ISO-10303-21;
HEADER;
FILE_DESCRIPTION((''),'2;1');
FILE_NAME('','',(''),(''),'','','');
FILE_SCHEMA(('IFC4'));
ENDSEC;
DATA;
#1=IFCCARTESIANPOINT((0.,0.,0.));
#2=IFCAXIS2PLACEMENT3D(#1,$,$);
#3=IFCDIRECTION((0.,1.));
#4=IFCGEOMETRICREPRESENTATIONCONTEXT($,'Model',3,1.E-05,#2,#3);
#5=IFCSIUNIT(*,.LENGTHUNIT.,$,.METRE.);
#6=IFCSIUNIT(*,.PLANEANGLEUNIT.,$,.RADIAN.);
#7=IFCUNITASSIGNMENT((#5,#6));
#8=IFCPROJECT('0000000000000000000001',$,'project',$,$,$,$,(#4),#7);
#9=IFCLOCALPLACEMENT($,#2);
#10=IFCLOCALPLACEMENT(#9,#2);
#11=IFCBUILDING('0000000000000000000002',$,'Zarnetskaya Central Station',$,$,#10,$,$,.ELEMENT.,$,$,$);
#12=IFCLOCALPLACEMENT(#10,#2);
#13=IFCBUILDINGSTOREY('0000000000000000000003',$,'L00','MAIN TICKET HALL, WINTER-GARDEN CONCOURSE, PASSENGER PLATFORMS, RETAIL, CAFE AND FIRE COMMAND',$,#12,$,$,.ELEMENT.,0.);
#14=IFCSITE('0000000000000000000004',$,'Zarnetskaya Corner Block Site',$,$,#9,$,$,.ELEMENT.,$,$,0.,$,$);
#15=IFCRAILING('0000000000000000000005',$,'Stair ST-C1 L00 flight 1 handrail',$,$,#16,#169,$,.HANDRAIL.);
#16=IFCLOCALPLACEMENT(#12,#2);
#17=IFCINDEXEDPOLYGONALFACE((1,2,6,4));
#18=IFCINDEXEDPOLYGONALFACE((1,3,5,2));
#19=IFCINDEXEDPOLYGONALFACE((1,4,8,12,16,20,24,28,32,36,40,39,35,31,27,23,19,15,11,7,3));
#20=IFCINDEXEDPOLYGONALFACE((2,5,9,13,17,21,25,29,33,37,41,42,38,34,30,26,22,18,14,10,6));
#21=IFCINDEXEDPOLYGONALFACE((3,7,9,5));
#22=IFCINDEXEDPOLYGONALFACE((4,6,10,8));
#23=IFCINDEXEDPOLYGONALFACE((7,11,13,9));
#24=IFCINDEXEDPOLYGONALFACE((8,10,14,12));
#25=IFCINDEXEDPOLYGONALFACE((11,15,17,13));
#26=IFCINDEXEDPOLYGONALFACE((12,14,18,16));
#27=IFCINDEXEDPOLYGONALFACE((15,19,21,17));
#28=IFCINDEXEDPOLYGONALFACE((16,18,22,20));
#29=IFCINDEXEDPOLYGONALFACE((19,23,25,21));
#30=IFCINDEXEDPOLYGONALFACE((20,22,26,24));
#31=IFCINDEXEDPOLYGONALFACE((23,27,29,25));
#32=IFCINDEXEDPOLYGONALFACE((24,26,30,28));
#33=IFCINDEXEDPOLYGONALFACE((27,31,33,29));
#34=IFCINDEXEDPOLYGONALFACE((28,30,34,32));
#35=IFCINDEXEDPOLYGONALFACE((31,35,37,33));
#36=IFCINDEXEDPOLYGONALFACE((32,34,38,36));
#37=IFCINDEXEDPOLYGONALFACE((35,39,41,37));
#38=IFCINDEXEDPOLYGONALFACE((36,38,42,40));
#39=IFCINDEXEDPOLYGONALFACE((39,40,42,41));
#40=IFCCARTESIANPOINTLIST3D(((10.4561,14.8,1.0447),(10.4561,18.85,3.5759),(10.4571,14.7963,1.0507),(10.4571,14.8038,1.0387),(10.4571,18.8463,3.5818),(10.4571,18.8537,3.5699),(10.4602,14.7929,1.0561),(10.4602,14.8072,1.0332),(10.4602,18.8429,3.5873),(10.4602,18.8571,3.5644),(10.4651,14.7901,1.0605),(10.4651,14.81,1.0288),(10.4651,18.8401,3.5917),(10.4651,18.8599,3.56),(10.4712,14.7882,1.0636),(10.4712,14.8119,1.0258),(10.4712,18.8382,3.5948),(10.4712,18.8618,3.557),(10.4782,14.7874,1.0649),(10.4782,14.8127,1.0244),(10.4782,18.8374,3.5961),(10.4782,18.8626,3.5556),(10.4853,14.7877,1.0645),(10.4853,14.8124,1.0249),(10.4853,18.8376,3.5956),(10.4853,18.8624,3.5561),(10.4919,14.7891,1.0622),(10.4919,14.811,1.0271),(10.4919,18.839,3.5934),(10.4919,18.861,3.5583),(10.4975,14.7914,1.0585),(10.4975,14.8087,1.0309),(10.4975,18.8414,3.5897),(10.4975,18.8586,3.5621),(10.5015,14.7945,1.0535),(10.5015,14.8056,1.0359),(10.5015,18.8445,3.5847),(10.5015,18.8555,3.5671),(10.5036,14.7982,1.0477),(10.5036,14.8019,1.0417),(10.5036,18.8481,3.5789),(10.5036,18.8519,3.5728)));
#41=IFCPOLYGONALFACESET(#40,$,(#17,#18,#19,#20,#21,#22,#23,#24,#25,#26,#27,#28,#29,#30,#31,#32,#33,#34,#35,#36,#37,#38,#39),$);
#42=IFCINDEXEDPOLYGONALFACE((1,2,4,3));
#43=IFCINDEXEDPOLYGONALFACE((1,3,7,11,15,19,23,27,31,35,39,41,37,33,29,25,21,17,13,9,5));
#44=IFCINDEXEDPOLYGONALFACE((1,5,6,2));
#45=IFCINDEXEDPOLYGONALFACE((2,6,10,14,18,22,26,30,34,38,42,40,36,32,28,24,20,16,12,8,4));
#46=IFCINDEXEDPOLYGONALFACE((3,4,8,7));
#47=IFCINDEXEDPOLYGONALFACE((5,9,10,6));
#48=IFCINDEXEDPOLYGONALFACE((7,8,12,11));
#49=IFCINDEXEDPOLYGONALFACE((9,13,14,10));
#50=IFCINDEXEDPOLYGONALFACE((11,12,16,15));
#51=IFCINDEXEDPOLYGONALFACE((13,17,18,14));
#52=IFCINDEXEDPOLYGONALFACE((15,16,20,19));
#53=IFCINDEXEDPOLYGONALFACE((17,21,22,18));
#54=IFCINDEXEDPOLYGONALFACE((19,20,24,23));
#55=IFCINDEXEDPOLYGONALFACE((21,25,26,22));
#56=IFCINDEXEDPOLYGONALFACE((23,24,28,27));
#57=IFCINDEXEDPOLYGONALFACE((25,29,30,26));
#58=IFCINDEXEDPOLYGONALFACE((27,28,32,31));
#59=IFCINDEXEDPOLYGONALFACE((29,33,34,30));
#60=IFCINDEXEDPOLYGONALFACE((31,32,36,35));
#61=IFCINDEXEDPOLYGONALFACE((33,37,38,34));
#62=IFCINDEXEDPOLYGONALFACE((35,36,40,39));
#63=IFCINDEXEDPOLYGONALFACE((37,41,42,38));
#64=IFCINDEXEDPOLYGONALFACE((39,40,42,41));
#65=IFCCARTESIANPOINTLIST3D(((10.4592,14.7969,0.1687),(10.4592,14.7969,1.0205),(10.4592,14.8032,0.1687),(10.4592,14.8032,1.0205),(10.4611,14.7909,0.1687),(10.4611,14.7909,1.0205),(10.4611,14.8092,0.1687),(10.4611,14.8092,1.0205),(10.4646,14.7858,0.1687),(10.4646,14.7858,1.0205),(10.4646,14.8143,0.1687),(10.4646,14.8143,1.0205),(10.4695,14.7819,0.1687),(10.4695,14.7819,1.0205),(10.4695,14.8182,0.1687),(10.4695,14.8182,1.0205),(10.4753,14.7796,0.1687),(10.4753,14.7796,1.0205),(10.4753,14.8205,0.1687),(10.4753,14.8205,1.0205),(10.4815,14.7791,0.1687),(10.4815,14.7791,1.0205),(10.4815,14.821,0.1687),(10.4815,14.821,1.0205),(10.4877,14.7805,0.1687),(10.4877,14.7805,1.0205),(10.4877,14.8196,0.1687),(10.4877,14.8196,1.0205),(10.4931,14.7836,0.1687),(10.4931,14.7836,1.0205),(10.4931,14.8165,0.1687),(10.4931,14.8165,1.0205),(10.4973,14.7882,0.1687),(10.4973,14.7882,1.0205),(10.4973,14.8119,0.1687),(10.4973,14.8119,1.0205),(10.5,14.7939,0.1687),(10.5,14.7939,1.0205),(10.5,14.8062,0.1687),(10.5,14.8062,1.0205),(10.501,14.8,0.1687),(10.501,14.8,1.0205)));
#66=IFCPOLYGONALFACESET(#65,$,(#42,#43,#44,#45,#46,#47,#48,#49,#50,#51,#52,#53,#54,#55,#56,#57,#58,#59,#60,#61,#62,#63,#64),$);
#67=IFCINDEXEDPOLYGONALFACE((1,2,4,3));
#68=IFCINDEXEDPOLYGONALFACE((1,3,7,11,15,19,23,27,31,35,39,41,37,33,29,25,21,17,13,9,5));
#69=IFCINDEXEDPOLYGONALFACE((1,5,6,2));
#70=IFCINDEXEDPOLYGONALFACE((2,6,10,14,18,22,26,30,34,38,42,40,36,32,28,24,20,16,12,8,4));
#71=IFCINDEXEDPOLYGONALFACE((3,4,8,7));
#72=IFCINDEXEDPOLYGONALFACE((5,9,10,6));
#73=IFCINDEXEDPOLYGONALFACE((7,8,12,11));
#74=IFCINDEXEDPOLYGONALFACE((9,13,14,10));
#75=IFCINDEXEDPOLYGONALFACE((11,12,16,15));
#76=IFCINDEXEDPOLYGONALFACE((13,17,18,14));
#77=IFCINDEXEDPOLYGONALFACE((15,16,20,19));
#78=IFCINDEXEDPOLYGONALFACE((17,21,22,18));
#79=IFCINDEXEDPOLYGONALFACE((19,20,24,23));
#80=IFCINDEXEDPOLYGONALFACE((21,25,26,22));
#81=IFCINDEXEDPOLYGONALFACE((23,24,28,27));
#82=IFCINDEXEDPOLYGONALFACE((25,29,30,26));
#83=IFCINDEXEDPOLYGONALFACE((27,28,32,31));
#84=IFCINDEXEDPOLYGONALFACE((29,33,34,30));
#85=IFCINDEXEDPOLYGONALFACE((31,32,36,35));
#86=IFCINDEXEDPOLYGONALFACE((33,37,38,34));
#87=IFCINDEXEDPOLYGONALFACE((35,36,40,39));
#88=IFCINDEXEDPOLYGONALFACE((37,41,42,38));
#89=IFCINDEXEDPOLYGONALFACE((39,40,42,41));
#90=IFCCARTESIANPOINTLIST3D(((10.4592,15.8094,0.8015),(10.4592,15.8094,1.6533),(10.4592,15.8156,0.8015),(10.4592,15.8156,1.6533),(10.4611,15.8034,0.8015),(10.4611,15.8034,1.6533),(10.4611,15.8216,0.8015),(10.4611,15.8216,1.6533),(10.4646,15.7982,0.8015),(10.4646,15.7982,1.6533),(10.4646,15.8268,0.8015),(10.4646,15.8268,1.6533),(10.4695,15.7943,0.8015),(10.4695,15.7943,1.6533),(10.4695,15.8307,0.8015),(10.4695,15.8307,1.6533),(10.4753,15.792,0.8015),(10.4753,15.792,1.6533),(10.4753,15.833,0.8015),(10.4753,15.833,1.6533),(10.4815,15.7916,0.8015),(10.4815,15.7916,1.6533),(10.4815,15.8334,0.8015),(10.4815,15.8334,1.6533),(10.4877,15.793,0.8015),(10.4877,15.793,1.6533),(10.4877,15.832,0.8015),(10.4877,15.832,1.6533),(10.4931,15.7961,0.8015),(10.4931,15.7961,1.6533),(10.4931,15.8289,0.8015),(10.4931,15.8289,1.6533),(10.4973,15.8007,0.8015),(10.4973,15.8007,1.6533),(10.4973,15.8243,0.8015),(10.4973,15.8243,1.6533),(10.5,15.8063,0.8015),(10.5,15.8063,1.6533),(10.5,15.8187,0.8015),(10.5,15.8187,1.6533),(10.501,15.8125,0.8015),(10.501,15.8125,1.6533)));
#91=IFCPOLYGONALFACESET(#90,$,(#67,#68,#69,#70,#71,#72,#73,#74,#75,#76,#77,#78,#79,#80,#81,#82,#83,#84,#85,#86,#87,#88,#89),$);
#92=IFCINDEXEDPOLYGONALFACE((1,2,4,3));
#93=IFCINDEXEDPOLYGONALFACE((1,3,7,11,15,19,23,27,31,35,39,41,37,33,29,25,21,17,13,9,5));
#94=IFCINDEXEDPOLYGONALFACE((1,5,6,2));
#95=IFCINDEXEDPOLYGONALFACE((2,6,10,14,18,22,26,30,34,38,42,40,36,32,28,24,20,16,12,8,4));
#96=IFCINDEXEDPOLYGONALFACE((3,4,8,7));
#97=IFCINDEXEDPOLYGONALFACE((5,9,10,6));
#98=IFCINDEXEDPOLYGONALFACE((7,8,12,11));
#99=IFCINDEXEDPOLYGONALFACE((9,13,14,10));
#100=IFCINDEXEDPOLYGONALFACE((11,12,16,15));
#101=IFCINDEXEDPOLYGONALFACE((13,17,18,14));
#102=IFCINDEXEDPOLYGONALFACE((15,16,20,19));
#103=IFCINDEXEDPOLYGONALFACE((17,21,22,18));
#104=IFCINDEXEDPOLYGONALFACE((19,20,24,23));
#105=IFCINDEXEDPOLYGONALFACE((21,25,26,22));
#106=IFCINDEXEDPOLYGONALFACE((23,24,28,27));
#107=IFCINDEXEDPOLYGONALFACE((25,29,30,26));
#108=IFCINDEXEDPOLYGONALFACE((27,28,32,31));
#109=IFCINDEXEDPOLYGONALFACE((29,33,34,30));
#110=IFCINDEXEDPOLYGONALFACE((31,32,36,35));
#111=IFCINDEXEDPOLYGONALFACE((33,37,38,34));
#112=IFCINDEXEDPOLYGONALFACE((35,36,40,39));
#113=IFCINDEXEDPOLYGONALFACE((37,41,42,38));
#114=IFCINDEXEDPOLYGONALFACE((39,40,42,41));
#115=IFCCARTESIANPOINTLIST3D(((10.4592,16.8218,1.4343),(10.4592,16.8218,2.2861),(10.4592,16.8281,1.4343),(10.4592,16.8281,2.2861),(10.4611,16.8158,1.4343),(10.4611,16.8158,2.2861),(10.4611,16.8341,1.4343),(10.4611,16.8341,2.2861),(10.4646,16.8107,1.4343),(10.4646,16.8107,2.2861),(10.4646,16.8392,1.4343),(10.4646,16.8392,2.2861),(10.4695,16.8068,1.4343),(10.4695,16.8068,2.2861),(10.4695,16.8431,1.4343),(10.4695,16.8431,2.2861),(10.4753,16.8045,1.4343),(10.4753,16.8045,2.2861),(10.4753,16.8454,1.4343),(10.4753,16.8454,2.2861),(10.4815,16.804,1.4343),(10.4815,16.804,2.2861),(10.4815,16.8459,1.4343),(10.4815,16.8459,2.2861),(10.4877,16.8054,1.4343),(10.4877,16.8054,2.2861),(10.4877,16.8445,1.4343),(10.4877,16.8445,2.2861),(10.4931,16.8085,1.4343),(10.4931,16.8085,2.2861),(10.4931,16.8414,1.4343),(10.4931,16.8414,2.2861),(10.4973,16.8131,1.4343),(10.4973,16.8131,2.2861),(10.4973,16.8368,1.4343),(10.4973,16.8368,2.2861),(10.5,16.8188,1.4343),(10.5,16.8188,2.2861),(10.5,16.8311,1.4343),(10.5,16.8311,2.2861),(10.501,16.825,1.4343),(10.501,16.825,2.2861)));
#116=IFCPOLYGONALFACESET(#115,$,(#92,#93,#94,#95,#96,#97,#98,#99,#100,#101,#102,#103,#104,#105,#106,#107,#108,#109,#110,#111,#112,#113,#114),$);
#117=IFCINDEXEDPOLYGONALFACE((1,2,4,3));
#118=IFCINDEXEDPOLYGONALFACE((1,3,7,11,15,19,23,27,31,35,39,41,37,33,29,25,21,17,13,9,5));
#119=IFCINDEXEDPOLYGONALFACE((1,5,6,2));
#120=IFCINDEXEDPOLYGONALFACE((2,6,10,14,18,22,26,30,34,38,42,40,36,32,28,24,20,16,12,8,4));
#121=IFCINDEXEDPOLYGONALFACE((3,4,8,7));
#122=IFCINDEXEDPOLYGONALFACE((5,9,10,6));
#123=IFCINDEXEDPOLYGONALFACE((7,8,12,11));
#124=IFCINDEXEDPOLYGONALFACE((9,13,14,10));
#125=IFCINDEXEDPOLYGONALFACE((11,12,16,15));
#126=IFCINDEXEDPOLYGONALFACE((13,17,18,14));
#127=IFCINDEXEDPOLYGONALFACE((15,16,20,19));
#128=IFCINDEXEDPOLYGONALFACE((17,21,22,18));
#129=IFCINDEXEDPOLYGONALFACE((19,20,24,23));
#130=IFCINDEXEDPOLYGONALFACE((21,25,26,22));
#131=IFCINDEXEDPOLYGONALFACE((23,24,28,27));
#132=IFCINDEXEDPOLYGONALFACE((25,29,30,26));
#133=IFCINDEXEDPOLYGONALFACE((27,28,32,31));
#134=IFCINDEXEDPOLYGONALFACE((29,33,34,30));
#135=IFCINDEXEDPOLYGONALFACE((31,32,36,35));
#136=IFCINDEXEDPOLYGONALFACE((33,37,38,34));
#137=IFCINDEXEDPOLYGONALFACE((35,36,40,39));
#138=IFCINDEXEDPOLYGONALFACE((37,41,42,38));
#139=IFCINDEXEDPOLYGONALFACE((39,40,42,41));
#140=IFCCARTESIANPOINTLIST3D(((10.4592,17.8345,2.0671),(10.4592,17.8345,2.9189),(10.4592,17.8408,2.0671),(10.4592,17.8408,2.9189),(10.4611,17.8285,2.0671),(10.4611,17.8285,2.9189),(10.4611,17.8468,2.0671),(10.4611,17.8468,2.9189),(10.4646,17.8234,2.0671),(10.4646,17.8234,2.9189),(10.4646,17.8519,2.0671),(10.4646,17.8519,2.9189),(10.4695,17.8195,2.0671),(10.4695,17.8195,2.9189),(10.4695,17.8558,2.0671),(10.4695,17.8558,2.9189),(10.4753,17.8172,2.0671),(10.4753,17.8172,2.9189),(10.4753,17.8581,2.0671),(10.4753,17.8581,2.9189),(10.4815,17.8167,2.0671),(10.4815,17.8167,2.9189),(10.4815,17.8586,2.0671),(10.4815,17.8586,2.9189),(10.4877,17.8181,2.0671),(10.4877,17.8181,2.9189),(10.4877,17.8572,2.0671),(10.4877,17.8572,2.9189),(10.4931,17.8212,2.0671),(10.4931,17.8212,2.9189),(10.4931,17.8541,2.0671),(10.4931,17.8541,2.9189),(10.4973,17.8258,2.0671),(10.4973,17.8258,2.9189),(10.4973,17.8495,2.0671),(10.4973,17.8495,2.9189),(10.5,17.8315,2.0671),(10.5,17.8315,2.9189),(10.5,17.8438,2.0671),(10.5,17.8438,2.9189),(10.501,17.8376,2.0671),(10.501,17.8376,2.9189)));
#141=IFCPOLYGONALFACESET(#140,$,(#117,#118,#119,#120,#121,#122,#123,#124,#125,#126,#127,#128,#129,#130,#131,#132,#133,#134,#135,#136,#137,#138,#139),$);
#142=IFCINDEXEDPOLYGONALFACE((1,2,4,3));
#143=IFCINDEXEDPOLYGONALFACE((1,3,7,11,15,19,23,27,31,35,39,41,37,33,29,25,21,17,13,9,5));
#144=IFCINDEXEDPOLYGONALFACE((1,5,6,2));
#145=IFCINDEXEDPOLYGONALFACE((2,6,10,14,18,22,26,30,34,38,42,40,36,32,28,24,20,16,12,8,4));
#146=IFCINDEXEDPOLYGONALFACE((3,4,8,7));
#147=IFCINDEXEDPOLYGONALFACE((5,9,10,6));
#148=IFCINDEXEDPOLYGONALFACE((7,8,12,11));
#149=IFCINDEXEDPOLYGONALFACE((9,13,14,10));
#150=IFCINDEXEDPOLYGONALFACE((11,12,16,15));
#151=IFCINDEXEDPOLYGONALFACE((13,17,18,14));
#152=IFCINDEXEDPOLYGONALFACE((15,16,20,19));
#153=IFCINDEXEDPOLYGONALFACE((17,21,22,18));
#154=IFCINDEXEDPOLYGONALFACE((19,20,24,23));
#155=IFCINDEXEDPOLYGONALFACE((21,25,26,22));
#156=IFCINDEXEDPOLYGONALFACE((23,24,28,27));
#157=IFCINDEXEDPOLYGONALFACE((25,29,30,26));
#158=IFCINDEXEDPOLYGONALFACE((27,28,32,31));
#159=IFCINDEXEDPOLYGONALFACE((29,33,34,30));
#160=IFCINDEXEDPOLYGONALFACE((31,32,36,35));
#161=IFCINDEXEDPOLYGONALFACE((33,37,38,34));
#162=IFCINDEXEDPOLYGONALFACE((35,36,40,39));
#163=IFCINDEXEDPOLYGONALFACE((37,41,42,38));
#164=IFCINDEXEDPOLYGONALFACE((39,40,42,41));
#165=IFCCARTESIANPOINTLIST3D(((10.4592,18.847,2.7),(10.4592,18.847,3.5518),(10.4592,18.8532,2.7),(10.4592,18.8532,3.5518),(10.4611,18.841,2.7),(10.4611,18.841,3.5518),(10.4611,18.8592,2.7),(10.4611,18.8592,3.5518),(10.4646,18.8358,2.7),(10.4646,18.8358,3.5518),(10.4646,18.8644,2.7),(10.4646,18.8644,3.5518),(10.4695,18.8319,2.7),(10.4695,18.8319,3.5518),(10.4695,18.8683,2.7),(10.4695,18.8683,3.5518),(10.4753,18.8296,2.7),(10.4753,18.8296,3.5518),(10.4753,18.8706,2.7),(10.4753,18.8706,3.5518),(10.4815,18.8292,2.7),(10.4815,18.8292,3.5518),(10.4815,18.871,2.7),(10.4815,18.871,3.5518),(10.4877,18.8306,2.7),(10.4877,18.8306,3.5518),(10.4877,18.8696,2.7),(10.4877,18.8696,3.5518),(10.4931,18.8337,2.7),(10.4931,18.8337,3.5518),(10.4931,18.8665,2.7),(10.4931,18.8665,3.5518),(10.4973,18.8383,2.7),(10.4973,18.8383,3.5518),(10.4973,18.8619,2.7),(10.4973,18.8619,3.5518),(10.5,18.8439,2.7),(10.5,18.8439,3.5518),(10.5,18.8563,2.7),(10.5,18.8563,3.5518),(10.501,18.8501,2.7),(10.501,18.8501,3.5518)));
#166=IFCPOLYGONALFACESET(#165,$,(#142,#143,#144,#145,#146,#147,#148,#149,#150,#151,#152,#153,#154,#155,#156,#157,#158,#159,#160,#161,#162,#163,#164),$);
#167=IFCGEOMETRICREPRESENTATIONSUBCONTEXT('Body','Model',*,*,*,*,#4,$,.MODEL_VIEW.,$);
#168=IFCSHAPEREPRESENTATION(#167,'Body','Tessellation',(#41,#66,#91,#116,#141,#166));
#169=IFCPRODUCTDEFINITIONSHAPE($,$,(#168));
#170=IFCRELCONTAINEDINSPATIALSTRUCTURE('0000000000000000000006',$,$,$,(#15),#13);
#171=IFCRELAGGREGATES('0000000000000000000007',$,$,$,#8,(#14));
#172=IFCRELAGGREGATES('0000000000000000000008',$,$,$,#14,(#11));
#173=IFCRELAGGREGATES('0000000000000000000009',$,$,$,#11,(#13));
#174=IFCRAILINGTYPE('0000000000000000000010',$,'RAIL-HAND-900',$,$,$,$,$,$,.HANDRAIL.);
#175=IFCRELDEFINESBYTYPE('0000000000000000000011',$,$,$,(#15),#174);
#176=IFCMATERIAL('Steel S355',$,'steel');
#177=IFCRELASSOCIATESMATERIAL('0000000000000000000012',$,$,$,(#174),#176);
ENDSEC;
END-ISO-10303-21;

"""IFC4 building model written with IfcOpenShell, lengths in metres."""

from ifc_helpers import new_model, si_unit, direction, frame, origin, origin_2d, place, context, subcontext, project, spatial, circle, extrude, material, type_object, element, save


model = new_model("IFC4")

# Units and contexts
model_context = context("Model", 3, precision=1e-05, world=origin(), true_north=direction((0.0, 1.0)))
body_context = subcontext(model_context, "Body", "Model", "MODEL_VIEW")
ifc_project = project(units=[si_unit("LENGTHUNIT", "METRE"), si_unit("PLANEANGLEUNIT", "RADIAN")], contexts=[model_context])

# Site, building, storey
site_placement = place(None, origin())
site = spatial("IfcSite", under=ifc_project, at=site_placement, Name="Zarnetskaya Corner Block Site", CompositionType="ELEMENT", RefElevation=0.0)
building_placement = place(site_placement, origin())
building = spatial("IfcBuilding", under=site, at=building_placement, Name="Zarnetskaya Central Station", CompositionType="ELEMENT")
storey_placement = place(building_placement, origin())
storey = spatial("IfcBuildingStorey", under=building, at=storey_placement, Name="L00", Description="MAIN TICKET HALL, WINTER-GARDEN CONCOURSE, PASSENGER PLATFORMS, RETAIL, CAFE AND FIRE COMMAND", CompositionType="ELEMENT", Elevation=0.0)

# Shared definitions
ifc_material_1 = material(Name="Steel S355", Category="steel")

# Railing
railing_type_1 = type_object("IfcRailingType", Name="RAIL-HAND-900", PredefinedType="HANDRAIL", material=ifc_material_1)
railing_1_placement = place(storey_placement, frame((10.48, 14.8, 0.1687)))
element("IfcRailing", 1, at=railing_1_placement, inside=storey, type_object=railing_type_1, Name="Stair ST-C1 L00 flight 1 handrail", PredefinedType="HANDRAIL", context=body_context, shape_type="SweptSolid", body=[
    extrude(circle(Radius=0.0239, at=origin_2d()), frame((0.0, 0.0, 0.876), z_axis=(0.0, 0.848001, 0.529994), x_axis=(-1.0, 0.0, 0.0)), (0.0, 0.0, 1.0), 4.7759),
    extrude(circle(Radius=0.021, at=origin_2d()), origin(), (0.0, 0.0, 1.0), 0.8518),
    extrude(circle(Radius=0.021, at=origin_2d()), frame((0.0, 1.0125, 0.6328)), (0.0, 0.0, 1.0), 0.8518),
    extrude(circle(Radius=0.021, at=origin_2d()), frame((0.0, 2.0249, 1.2656)), (0.0, 0.0, 1.0), 0.8518),
    extrude(circle(Radius=0.021, at=origin_2d()), frame((0.0, 3.0376, 1.8984)), (0.0, 0.0, 1.0), 0.8518),
    extrude(circle(Radius=0.021, at=origin_2d()), frame((0.0, 4.05, 2.5312)), (0.0, 0.0, 1.0), 0.8518),
])

save(model, "model.ifc")
